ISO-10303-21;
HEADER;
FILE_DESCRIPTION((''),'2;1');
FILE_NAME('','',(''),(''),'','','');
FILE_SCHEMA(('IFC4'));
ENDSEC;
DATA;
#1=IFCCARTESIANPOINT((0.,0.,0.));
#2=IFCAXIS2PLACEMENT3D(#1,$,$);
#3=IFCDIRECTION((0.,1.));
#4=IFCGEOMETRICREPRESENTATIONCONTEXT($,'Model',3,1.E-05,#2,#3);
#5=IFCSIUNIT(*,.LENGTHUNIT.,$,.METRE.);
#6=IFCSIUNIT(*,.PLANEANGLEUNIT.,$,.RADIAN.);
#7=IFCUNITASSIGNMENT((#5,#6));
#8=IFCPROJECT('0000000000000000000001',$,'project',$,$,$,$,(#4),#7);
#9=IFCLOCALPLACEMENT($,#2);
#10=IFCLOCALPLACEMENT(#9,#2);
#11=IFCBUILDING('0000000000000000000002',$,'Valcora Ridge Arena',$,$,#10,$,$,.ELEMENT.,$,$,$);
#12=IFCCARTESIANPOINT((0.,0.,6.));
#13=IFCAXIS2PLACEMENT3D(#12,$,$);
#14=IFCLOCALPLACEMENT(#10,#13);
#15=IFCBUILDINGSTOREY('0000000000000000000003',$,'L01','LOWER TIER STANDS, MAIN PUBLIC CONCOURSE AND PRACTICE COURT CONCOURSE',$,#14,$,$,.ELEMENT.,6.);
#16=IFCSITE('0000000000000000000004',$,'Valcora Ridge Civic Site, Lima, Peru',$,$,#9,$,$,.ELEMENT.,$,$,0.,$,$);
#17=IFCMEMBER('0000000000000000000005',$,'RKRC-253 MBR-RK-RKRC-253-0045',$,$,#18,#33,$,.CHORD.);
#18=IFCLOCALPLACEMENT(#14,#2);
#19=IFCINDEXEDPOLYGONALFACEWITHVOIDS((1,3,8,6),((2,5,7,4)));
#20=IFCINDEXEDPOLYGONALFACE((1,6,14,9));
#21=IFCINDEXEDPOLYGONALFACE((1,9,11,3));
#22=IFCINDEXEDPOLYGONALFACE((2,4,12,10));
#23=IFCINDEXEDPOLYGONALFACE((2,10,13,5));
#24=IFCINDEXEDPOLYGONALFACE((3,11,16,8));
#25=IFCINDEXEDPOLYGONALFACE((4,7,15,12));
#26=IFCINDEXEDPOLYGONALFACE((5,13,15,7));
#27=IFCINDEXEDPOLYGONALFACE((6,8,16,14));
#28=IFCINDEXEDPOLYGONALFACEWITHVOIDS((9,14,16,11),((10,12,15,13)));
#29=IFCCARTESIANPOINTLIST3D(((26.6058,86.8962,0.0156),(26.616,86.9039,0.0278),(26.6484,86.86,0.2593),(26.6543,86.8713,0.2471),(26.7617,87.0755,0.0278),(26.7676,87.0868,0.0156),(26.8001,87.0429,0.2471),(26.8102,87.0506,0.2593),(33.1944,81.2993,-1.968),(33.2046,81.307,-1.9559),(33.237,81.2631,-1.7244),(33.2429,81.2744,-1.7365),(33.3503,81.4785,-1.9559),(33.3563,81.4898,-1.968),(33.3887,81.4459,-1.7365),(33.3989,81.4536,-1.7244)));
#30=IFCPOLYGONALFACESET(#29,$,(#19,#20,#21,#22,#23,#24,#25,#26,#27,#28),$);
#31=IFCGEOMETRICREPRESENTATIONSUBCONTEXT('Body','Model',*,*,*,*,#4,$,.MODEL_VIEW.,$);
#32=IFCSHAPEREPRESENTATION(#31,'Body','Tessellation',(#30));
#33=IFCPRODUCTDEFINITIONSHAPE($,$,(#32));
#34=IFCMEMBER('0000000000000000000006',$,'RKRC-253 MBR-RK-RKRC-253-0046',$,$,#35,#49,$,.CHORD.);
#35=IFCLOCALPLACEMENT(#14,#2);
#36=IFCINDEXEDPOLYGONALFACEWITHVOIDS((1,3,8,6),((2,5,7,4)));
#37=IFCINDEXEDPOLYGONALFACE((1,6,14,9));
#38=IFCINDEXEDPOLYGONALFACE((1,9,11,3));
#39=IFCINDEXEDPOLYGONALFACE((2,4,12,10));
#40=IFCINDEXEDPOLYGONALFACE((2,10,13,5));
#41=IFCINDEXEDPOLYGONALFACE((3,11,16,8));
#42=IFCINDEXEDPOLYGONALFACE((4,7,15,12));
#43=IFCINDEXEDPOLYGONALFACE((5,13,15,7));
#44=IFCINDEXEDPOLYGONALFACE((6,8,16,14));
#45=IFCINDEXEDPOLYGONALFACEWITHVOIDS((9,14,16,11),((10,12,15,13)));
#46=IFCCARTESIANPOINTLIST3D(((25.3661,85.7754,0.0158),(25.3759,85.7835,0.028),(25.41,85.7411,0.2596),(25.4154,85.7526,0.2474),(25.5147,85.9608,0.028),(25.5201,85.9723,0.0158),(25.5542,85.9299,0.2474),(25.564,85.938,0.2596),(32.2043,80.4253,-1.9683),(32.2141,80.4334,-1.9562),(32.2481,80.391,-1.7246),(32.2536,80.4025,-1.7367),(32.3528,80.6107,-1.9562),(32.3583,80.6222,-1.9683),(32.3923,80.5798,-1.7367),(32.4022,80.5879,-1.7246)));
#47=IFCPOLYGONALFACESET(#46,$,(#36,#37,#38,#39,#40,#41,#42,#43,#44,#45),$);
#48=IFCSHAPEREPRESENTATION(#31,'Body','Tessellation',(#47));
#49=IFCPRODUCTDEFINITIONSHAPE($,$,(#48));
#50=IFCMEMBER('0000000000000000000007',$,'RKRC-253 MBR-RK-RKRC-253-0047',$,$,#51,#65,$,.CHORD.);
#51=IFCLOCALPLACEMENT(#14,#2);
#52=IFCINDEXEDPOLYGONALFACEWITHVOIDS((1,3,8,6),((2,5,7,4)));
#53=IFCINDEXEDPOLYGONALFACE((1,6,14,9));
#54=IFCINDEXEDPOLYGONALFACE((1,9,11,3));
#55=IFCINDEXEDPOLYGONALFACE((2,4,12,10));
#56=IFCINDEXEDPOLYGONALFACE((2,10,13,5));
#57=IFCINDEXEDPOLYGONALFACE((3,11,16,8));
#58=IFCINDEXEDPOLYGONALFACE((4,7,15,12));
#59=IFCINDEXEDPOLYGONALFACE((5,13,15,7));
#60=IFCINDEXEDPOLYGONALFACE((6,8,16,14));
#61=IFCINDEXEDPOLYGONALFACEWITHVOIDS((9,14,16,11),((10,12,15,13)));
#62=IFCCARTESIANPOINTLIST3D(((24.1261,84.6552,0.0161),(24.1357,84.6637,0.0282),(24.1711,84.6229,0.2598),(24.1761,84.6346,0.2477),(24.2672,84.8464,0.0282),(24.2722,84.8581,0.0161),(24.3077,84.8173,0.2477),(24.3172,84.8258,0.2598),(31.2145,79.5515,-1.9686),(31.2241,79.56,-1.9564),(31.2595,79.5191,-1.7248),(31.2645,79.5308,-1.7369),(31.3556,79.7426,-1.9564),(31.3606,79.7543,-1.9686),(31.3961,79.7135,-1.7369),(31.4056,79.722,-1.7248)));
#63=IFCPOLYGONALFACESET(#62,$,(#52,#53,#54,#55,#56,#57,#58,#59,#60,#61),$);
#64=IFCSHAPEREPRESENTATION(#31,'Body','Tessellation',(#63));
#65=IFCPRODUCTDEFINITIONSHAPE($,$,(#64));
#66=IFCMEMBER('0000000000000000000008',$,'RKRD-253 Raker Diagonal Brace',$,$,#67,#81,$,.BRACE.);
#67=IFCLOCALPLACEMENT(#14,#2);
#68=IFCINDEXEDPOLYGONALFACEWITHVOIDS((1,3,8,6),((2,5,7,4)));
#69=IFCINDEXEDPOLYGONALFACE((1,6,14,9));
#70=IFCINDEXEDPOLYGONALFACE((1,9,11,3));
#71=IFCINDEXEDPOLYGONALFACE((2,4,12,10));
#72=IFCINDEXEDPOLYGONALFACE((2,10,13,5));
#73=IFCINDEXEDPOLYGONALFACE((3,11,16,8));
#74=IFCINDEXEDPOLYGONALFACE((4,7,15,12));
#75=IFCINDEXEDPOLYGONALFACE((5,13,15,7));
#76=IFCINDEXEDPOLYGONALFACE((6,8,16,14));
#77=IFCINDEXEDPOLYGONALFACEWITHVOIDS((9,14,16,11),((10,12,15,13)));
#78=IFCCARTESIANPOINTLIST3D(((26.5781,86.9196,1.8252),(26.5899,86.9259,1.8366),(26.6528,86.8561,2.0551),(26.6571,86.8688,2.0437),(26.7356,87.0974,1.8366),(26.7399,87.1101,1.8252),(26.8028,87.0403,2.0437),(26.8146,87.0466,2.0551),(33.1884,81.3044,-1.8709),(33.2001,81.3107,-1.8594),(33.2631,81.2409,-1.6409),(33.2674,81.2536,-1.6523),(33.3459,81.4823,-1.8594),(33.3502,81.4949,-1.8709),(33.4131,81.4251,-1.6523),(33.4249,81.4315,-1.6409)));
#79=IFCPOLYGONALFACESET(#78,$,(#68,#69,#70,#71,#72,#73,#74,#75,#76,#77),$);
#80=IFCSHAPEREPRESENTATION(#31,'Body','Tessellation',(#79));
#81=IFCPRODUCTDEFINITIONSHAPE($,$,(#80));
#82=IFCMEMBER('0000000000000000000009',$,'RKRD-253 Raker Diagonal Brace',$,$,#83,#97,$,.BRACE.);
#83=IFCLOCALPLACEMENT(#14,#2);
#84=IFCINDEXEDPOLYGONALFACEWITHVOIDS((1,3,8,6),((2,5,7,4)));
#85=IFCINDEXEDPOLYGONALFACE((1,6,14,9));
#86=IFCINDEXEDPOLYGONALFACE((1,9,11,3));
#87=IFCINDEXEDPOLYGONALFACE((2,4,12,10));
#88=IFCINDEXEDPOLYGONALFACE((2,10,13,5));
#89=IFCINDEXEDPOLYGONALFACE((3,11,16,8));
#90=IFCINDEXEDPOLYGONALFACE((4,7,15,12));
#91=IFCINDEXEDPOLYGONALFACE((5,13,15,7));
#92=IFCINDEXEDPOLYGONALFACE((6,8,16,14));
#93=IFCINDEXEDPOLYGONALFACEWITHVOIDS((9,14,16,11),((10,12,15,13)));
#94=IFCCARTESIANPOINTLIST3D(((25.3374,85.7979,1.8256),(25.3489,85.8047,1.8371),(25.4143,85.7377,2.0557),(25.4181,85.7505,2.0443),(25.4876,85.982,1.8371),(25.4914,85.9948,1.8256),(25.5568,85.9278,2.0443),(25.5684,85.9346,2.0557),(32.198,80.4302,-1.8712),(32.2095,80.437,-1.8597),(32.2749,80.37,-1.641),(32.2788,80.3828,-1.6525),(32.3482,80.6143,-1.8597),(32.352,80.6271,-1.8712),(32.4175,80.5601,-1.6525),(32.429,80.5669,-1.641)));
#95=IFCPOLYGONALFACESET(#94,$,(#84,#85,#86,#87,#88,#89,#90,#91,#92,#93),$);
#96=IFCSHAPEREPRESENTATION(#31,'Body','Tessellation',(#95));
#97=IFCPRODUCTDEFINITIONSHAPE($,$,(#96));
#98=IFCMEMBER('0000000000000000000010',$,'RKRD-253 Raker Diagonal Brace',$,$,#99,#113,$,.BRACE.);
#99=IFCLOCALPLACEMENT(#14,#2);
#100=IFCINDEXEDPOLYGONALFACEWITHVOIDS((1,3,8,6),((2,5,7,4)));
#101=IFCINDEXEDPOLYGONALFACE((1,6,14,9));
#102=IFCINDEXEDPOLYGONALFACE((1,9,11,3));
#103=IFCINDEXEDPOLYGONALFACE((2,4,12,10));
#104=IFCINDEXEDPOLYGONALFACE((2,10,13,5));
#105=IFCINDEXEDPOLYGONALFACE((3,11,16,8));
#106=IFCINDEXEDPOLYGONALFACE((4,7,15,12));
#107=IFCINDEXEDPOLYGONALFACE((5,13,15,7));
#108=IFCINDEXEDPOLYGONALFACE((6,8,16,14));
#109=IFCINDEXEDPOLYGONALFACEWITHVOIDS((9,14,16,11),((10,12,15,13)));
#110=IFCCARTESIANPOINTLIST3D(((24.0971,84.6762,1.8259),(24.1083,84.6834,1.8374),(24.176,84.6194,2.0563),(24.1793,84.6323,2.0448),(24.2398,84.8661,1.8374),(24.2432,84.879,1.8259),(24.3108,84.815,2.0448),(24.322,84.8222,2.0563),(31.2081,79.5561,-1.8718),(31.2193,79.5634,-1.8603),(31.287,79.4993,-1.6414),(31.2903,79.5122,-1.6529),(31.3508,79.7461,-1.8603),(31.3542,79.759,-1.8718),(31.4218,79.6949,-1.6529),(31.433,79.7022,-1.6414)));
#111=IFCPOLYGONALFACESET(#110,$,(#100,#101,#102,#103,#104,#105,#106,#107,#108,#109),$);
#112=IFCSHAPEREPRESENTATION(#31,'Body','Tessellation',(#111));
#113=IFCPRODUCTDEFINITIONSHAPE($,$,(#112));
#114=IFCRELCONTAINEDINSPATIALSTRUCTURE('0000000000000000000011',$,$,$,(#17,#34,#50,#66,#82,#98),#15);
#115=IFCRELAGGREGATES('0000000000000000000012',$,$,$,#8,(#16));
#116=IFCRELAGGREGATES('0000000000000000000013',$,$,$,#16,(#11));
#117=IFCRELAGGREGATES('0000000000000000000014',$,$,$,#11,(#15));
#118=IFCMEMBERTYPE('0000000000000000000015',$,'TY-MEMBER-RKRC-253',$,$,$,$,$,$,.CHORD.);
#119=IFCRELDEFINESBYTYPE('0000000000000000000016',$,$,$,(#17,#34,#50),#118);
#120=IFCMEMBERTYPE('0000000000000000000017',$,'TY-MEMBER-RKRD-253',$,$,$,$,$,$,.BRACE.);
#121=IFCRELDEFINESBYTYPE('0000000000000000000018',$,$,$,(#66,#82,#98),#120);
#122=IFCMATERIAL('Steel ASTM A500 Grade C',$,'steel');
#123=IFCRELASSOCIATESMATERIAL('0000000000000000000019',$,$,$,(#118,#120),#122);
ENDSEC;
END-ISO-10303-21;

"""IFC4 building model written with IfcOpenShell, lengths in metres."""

from ifc_helpers import new_model, si_unit, direction, frame, origin, origin_2d, place, context, subcontext, project, spatial, hollow_rectangle, extrude, material, material_profile, profile_set, type_object, element, save


model = new_model("IFC4")

# Units and contexts
model_context = context("Model", 3, precision=1e-05, world=origin(), true_north=direction((0.0, 1.0)))
body_context = subcontext(model_context, "Body", "Model", "MODEL_VIEW")
ifc_project = project(units=[si_unit("LENGTHUNIT", "METRE"), si_unit("PLANEANGLEUNIT", "RADIAN")], contexts=[model_context])

# Site, building, storey
site_placement = place(None, origin())
site = spatial("IfcSite", under=ifc_project, at=site_placement, Name="Valcora Ridge Civic Site, Lima, Peru", CompositionType="ELEMENT", RefElevation=0.0)
building_placement = place(site_placement, origin())
building = spatial("IfcBuilding", under=site, at=building_placement, Name="Valcora Ridge Arena", CompositionType="ELEMENT")
storey_placement = place(building_placement, frame((0.0, 0.0, 6.0)))
storey = spatial("IfcBuildingStorey", under=building, at=storey_placement, Name="L01", Description="LOWER TIER STANDS, MAIN PUBLIC CONCOURSE AND PRACTICE COURT CONCOURSE", CompositionType="ELEMENT", Elevation=6.0)

# Members
ifc_material_1 = material(Name="Steel ASTM A500 Grade C", Category="steel")
ifc_material_profile_1 = material_profile(ifc_material_1, hollow_rectangle(XDim=0.25, YDim=0.25, WallThickness=0.0125, at=origin_2d()), Name="HSS250X250X12")
ifc_profile_set_1 = profile_set([ifc_material_profile_1], Name="Steel ASTM A500 Grade C")
member_type_1 = type_object("IfcMemberType", Name="TY-MEMBER-RKRC-253", PredefinedType="CHORD", material=ifc_profile_set_1)
member_1_placement = place(storey_placement, frame((33.2966, 81.3765, -1.8462), z_axis=(-0.742829, 0.631021, 0.223644), x_axis=(-0.64742, -0.762134, 0.0)))
element("IfcMember", 1, at=member_1_placement, inside=storey, type_object=member_type_1, Name="RKRC-253 MBR-RK-RKRC-253-0045", PredefinedType="CHORD", context=body_context, shape_type="SweptSolid", body=[
    extrude(hollow_rectangle(XDim=0.25, YDim=0.25, WallThickness=0.0125, at=origin_2d()), origin(), (0.0, 0.0, 1.0), 8.8696),
])
member_2_placement = place(storey_placement, frame((32.3032, 80.5066, -1.8464), z_axis=(-0.767795, 0.600716, 0.222781), x_axis=(-0.616202, -0.787588, 0.0)))
element("IfcMember", 2, at=member_2_placement, inside=storey, type_object=member_type_1, Name="RKRC-253 MBR-RK-RKRC-253-0046", PredefinedType="CHORD", context=body_context, shape_type="SweptSolid", body=[
    extrude(hollow_rectangle(XDim=0.25, YDim=0.25, WallThickness=0.0125, at=origin_2d()), origin(), (0.0, 0.0, 1.0), 8.9062),
])
member_3_placement = place(storey_placement, frame((31.3101, 79.6367, -1.8467), z_axis=(-0.791357, 0.569791, 0.221566), x_axis=(-0.584314, -0.811527, 0.0)))
element("IfcMember", 3, at=member_3_placement, inside=storey, type_object=member_type_1, Name="RKRC-253 MBR-RK-RKRC-253-0047", PredefinedType="CHORD", context=body_context, shape_type="SweptSolid", body=[
    extrude(hollow_rectangle(XDim=0.25, YDim=0.25, WallThickness=0.0125, at=origin_2d()), origin(), (0.0, 0.0, 1.0), 8.9573),
])
ifc_material_profile_2 = material_profile(ifc_material_1, hollow_rectangle(XDim=0.25, YDim=0.25, WallThickness=0.0125, at=origin_2d()), Name="HSS250X250X12")
ifc_profile_set_2 = profile_set([ifc_material_profile_2], Name="Steel ASTM A500 Grade C")
member_type_2 = type_object("IfcMemberType", Name="TY-MEMBER-RKRD-253", PredefinedType="BRACE", material=ifc_profile_set_2)
member_4_placement = place(storey_placement, frame((33.3066, 81.3679, -1.7559), z_axis=(-0.701136, 0.595587, 0.392026), x_axis=(-0.64741, -0.762142, 0.0)))
element("IfcMember", 4, at=member_4_placement, inside=storey, type_object=member_type_2, Name="RKRD-253 Raker Diagonal Brace", PredefinedType="BRACE", context=body_context, shape_type="SweptSolid", body=[
    extrude(hollow_rectangle(XDim=0.25, YDim=0.25, WallThickness=0.0125, at=origin_2d()), origin(), (0.0, 0.0, 1.0), 9.428),
])
member_5_placement = place(storey_placement, frame((32.3135, 80.4985, -1.7561), z_axis=(-0.725002, 0.567236, 0.390661), x_axis=(-0.616202, -0.787588, 0.0)))
element("IfcMember", 5, at=member_5_placement, inside=storey, type_object=member_type_2, Name="RKRD-253 Raker Diagonal Brace", PredefinedType="BRACE", context=body_context, shape_type="SweptSolid", body=[
    extrude(hollow_rectangle(XDim=0.25, YDim=0.25, WallThickness=0.0125, at=origin_2d()), origin(), (0.0, 0.0, 1.0), 9.4629),
])
member_6_placement = place(storey_placement, frame((31.3206, 79.6292, -1.7566), z_axis=(-0.74768, 0.538344, 0.388793), x_axis=(-0.584315, -0.811527, 0.0)))
element("IfcMember", 6, at=member_6_placement, inside=storey, type_object=member_type_2, Name="RKRD-253 Raker Diagonal Brace", PredefinedType="BRACE", context=body_context, shape_type="SweptSolid", body=[
    extrude(hollow_rectangle(XDim=0.25, YDim=0.25, WallThickness=0.0125, at=origin_2d()), origin(), (0.0, 0.0, 1.0), 9.5107),
])

save(model, "model.ifc")
